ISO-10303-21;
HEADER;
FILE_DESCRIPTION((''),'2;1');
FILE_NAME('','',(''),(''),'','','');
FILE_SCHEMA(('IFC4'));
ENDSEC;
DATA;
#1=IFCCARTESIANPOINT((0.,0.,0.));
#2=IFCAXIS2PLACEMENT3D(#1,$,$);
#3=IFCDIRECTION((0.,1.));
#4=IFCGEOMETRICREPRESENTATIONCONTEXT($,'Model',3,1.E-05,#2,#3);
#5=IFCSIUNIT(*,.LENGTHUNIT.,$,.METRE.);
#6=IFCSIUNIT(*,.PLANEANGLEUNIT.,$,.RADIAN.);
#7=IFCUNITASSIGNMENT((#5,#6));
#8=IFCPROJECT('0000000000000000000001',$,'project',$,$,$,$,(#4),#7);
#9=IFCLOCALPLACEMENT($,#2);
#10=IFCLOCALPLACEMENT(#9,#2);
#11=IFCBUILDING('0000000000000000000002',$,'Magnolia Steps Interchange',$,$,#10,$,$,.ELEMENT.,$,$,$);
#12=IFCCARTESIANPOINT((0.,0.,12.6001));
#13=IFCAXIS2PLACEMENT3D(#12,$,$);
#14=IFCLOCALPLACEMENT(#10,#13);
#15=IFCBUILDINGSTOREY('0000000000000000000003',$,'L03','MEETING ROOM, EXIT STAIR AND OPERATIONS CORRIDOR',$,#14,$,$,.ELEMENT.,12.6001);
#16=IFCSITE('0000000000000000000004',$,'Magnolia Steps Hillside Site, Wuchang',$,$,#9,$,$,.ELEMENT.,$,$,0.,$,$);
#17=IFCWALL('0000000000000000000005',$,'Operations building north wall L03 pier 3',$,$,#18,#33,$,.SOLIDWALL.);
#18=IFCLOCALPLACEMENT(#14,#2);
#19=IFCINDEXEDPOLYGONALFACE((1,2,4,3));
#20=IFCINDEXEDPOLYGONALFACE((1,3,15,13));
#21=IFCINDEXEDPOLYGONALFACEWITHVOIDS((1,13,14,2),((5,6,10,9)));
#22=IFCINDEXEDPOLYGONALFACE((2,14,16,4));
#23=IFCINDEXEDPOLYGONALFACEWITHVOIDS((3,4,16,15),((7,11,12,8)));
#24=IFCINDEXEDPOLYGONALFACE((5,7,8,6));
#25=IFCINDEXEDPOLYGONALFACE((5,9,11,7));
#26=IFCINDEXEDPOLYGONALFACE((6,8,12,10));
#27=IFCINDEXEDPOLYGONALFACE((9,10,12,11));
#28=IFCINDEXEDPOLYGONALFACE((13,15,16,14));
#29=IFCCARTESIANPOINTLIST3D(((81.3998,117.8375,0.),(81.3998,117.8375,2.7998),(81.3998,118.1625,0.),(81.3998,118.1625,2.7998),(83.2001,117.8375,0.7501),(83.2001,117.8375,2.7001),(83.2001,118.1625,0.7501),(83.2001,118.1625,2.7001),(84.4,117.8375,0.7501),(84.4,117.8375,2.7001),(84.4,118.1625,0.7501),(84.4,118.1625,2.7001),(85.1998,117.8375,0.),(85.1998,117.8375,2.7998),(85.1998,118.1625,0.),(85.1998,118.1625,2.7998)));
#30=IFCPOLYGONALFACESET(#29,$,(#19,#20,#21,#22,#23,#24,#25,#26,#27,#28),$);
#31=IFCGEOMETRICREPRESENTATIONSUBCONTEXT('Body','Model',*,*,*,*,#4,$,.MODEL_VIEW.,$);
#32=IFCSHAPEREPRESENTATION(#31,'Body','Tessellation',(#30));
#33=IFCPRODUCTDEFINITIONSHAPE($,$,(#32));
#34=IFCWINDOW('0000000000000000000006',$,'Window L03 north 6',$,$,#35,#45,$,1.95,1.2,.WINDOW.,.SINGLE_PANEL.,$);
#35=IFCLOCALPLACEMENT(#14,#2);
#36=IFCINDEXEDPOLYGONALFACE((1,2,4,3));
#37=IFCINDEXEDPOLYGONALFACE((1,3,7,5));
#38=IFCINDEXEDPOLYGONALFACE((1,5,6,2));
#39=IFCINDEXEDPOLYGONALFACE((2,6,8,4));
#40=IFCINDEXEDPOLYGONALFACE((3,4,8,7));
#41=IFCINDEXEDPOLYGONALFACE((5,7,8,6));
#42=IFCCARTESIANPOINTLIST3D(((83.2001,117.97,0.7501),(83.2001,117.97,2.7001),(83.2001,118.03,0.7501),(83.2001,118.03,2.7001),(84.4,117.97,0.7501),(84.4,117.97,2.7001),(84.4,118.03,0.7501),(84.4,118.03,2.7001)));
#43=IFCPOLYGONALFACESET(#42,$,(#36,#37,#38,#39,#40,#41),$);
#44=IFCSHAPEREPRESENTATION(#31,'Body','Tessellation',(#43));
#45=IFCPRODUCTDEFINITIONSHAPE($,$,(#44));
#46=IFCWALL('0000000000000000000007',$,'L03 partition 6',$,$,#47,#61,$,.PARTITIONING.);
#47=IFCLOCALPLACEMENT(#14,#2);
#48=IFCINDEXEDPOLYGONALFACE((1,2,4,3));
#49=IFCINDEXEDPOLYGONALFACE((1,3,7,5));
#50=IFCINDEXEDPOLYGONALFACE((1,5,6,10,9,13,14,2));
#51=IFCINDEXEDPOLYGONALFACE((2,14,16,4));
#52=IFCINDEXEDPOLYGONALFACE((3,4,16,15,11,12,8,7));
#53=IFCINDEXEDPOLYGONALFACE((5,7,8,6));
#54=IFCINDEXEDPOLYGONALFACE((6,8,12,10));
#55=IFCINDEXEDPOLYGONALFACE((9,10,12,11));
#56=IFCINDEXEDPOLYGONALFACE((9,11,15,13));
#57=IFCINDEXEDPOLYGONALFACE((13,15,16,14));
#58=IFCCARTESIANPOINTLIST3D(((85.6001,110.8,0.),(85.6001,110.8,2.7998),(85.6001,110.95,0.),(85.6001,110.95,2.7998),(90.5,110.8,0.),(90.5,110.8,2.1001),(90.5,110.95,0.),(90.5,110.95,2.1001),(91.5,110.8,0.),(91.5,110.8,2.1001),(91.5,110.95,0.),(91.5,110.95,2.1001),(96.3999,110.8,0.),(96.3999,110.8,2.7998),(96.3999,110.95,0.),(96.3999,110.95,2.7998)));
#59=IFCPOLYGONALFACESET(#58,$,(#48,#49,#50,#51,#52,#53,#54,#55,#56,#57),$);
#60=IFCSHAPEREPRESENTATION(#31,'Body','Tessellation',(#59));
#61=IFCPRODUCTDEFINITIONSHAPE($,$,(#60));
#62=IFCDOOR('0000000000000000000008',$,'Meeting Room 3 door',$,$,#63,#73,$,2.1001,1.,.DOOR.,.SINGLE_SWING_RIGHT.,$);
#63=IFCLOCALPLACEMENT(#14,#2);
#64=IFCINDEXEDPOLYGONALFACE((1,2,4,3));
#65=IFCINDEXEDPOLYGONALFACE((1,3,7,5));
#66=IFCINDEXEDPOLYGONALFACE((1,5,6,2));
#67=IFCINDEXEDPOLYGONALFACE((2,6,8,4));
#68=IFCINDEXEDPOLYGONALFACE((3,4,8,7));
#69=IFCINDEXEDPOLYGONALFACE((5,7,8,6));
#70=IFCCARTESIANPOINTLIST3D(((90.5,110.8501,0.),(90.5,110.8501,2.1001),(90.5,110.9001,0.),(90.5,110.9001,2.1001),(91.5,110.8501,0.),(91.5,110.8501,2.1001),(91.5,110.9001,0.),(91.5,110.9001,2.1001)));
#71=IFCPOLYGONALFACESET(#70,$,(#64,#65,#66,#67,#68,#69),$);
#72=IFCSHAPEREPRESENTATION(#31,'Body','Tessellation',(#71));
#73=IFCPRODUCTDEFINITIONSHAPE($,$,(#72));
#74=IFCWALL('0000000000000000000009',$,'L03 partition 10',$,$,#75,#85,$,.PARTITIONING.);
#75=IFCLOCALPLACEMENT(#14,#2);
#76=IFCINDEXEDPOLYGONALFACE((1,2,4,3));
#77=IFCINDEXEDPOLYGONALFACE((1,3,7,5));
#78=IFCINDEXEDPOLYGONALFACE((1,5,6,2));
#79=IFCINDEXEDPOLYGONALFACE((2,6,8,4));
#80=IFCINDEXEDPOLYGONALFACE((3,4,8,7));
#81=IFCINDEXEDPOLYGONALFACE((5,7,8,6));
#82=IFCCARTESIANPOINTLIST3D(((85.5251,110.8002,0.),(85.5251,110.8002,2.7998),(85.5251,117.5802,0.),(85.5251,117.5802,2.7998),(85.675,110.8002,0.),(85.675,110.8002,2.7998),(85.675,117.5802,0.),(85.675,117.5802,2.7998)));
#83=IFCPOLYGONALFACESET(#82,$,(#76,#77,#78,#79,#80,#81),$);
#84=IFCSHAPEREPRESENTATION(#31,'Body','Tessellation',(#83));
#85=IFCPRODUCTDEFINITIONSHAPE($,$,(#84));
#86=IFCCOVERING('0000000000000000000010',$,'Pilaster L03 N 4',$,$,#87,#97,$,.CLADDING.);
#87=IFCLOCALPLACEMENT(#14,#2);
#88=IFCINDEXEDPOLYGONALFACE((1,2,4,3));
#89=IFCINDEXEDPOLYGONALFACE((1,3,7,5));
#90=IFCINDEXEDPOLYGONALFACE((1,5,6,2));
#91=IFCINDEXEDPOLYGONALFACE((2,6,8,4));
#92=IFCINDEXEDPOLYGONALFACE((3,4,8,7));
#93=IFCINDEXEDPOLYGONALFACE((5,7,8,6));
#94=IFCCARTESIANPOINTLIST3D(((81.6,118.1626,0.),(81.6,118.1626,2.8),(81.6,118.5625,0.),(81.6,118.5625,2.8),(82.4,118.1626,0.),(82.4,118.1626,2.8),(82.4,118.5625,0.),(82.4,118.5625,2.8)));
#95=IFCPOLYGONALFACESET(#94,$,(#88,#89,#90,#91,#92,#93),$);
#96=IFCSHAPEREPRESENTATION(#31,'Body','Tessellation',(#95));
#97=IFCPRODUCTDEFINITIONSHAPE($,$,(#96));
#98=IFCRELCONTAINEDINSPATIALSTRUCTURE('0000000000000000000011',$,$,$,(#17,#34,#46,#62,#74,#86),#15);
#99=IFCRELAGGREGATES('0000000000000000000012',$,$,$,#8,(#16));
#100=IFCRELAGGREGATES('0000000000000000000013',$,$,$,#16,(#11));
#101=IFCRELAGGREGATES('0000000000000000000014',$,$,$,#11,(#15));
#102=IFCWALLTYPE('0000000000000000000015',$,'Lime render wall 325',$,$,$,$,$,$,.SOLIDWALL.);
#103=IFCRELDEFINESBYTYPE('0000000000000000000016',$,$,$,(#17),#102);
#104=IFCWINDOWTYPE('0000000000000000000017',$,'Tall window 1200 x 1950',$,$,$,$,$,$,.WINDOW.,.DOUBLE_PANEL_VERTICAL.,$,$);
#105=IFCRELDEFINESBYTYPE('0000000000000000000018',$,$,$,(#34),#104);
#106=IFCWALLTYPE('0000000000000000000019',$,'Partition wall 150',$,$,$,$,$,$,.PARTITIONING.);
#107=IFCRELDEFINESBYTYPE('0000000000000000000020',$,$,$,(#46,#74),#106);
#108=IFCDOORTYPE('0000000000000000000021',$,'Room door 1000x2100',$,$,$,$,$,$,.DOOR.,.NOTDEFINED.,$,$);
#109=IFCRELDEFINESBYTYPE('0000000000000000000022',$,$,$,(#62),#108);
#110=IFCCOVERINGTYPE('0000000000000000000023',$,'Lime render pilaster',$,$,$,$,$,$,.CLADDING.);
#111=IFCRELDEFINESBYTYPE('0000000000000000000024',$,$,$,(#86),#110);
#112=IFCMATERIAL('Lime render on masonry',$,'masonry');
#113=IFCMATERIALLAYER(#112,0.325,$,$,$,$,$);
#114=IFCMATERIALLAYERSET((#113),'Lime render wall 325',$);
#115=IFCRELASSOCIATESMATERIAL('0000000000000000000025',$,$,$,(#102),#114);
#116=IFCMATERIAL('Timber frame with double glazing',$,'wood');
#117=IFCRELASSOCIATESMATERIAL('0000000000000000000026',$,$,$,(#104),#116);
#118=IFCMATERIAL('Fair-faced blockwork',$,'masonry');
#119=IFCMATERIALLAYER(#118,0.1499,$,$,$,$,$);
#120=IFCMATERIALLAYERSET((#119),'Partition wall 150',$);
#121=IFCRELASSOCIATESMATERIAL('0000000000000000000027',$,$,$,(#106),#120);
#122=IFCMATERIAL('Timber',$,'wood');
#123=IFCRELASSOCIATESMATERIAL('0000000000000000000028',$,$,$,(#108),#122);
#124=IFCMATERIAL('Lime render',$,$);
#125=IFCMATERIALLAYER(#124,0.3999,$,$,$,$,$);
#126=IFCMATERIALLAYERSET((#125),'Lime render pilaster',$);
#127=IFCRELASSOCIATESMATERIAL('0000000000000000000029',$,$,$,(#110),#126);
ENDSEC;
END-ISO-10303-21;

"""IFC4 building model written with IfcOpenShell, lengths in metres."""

from ifc_helpers import new_model, si_unit, direction, frame, frame_2d, origin, origin_2d, place, context, subcontext, project, spatial, rectangle, extrude, material, layer, layer_set, type_object, element, fill, save


model = new_model("IFC4")

# Units and contexts
model_context = context("Model", 3, precision=1e-05, world=origin(), true_north=direction((0.0, 1.0)))
body_context = subcontext(model_context, "Body", "Model", "MODEL_VIEW")
ifc_project = project(units=[si_unit("LENGTHUNIT", "METRE"), si_unit("PLANEANGLEUNIT", "RADIAN")], contexts=[model_context])

# Site, building, storey
site_placement = place(None, origin())
site = spatial("IfcSite", under=ifc_project, at=site_placement, Name="Magnolia Steps Hillside Site, Wuchang", CompositionType="ELEMENT", RefElevation=0.0)
building_placement = place(site_placement, origin())
building = spatial("IfcBuilding", under=site, at=building_placement, Name="Magnolia Steps Interchange", CompositionType="ELEMENT")
storey_placement = place(building_placement, frame((0.0, 0.0, 12.6001)))
storey = spatial("IfcBuildingStorey", under=building, at=storey_placement, Name="L03", Description="MEETING ROOM, EXIT STAIR AND OPERATIONS CORRIDOR", CompositionType="ELEMENT", Elevation=12.6001)

# Wall, opening, window
ifc_material_1 = material(Name="Lime render on masonry", Category="masonry")
ifc_layer_1 = layer(ifc_material_1, 0.325)
ifc_layer_set_1 = layer_set([ifc_layer_1], Name="Lime render wall 325")
wall_type_1 = type_object("IfcWallType", Name="Lime render wall 325", PredefinedType="SOLIDWALL", material=ifc_layer_set_1)
wall_1_placement = place(storey_placement, frame((81.3999, 118.0, 0.0), z_axis=(0.0, 0.0, 1.0), x_axis=(1.0, 0.0, 0.0)))
wall_1 = element("IfcWall", 1, at=wall_1_placement, inside=storey, type_object=wall_type_1, Name="Operations building north wall L03 pier 3", PredefinedType="SOLIDWALL", context=body_context, shape_type="SweptSolid", body=[
    extrude(rectangle(XDim=3.8, YDim=0.325, at=frame_2d((1.8999, 0.0))), origin(), (0.0, 0.0, 1.0), 2.7998),
])
opening_1_placement = place(wall_1_placement, frame((1.8, 0.0, 0.75)))
opening_1 = element("IfcOpeningElement", 2, at=opening_1_placement, cuts=wall_1, PredefinedType="OPENING", context=body_context, shape_type="SweptSolid", body=[
    extrude(rectangle(XDim=1.2, YDim=1.95, at=frame_2d((0.6001, 0.9751))), frame((0.0, 0.1724, 0.0), z_axis=(0.0, -1.0, 0.0), x_axis=(1.0, 0.0, 0.0)), (0.0, 0.0, 1.0), 0.345),
])
ifc_material_2 = material(Name="Timber frame with double glazing", Category="wood")
window_type = type_object("IfcWindowType", Name="Tall window 1200 x 1950", PartitioningType="DOUBLE_PANEL_VERTICAL", PredefinedType="WINDOW", material=ifc_material_2)
window_placement = place(opening_1_placement, origin())
window = element("IfcWindow", 3, at=window_placement, inside=storey, type_object=window_type, Name="Window L03 north 6", OverallHeight=1.95, OverallWidth=1.2, PartitioningType="SINGLE_PANEL", PredefinedType="WINDOW", context=body_context, shape_type="SweptSolid", body=[
    extrude(rectangle(XDim=1.2, YDim=1.95, at=frame_2d((0.6001, 0.9751))), frame((0.0, 0.03, 0.0), z_axis=(0.0, -1.0, 0.0), x_axis=(1.0, 0.0, 0.0)), (0.0, 0.0, 1.0), 0.0601),
])
fill(opening_1, window)

# Wall, opening, door
ifc_material_3 = material(Name="Fair-faced blockwork", Category="masonry")
ifc_layer_2 = layer(ifc_material_3, 0.1499)
ifc_layer_set_2 = layer_set([ifc_layer_2], Name="Partition wall 150")
wall_type_2 = type_object("IfcWallType", Name="Partition wall 150", PredefinedType="PARTITIONING", material=ifc_layer_set_2)
wall_2_placement = place(storey_placement, frame((85.6001, 110.875, 0.0), z_axis=(0.0, 0.0, 1.0), x_axis=(1.0, 0.0, 0.0)))
wall_2 = element("IfcWall", 4, at=wall_2_placement, inside=storey, type_object=wall_type_2, Name="L03 partition 6", PredefinedType="PARTITIONING", context=body_context, shape_type="SweptSolid", body=[
    extrude(rectangle(XDim=10.7998, YDim=0.1499, at=frame_2d((5.3999, 0.0))), origin(), (0.0, 0.0, 1.0), 2.7998),
])
opening_2_placement = place(wall_2_placement, frame((4.8999, 0.0, 0.0)))
opening_2 = element("IfcOpeningElement", 5, at=opening_2_placement, cuts=wall_2, PredefinedType="OPENING", context=body_context, shape_type="SweptSolid", body=[
    extrude(rectangle(XDim=1.0, YDim=2.1001, at=frame_2d((0.5, 1.05))), frame((0.0, 0.085, 0.0), z_axis=(0.0, -1.0, 0.0), x_axis=(1.0, 0.0, 0.0)), (0.0, 0.0, 1.0), 0.1699),
])
ifc_material_4 = material(Name="Timber", Category="wood")
door_type = type_object("IfcDoorType", Name="Room door 1000x2100", OperationType="NOTDEFINED", PredefinedType="DOOR", material=ifc_material_4)
door_placement = place(opening_2_placement, frame((1.0, 0.0, 0.0), z_axis=(0.0, 0.0, 1.0), x_axis=(-1.0, 0.0, 0.0)))
door = element("IfcDoor", 6, at=door_placement, inside=storey, type_object=door_type, Name="Meeting Room 3 door", OperationType="SINGLE_SWING_RIGHT", OverallHeight=2.1001, OverallWidth=1.0, PredefinedType="DOOR", context=body_context, shape_type="SweptSolid", body=[
    extrude(rectangle(XDim=1.0, YDim=2.1001, at=frame_2d((0.5, 1.05))), frame((0.0, 0.0249, 0.0), z_axis=(0.0, -1.0, 0.0), x_axis=(1.0, 0.0, 0.0)), (0.0, 0.0, 1.0), 0.05),
])
fill(opening_2, door)

# Wall
wall_3_placement = place(storey_placement, frame((85.6001, 110.8, 0.0), z_axis=(0.0, 0.0, 1.0), x_axis=(0.0, 1.0, 0.0)))
element("IfcWall", 7, at=wall_3_placement, inside=storey, type_object=wall_type_2, Name="L03 partition 10", PredefinedType="PARTITIONING", context=body_context, shape_type="SweptSolid", body=[
    extrude(rectangle(XDim=6.78, YDim=0.1499, at=frame_2d((3.3901, 0.0))), origin(), (0.0, 0.0, 1.0), 2.7998),
])

# Covering
ifc_material_5 = material(Name="Lime render")
ifc_layer_3 = layer(ifc_material_5, 0.3999)
ifc_layer_set_3 = layer_set([ifc_layer_3], Name="Lime render pilaster")
covering_type_1 = type_object("IfcCoveringType", Name="Lime render pilaster", PredefinedType="CLADDING", material=ifc_layer_set_3)
covering_1_placement = place(storey_placement, frame((82.0, 118.3625, 0.0), z_axis=(0.0, 0.0, 1.0), x_axis=(1.0, 0.0, 0.0)))
element("IfcCovering", 8, at=covering_1_placement, inside=storey, type_object=covering_type_1, Name="Pilaster L03 N 4", PredefinedType="CLADDING", context=body_context, shape_type="SweptSolid", body=[
    extrude(rectangle(XDim=0.8, YDim=0.3999, at=origin_2d()), origin(), (0.0, 0.0, 1.0), 2.8),
])

save(model, "model.ifc")
